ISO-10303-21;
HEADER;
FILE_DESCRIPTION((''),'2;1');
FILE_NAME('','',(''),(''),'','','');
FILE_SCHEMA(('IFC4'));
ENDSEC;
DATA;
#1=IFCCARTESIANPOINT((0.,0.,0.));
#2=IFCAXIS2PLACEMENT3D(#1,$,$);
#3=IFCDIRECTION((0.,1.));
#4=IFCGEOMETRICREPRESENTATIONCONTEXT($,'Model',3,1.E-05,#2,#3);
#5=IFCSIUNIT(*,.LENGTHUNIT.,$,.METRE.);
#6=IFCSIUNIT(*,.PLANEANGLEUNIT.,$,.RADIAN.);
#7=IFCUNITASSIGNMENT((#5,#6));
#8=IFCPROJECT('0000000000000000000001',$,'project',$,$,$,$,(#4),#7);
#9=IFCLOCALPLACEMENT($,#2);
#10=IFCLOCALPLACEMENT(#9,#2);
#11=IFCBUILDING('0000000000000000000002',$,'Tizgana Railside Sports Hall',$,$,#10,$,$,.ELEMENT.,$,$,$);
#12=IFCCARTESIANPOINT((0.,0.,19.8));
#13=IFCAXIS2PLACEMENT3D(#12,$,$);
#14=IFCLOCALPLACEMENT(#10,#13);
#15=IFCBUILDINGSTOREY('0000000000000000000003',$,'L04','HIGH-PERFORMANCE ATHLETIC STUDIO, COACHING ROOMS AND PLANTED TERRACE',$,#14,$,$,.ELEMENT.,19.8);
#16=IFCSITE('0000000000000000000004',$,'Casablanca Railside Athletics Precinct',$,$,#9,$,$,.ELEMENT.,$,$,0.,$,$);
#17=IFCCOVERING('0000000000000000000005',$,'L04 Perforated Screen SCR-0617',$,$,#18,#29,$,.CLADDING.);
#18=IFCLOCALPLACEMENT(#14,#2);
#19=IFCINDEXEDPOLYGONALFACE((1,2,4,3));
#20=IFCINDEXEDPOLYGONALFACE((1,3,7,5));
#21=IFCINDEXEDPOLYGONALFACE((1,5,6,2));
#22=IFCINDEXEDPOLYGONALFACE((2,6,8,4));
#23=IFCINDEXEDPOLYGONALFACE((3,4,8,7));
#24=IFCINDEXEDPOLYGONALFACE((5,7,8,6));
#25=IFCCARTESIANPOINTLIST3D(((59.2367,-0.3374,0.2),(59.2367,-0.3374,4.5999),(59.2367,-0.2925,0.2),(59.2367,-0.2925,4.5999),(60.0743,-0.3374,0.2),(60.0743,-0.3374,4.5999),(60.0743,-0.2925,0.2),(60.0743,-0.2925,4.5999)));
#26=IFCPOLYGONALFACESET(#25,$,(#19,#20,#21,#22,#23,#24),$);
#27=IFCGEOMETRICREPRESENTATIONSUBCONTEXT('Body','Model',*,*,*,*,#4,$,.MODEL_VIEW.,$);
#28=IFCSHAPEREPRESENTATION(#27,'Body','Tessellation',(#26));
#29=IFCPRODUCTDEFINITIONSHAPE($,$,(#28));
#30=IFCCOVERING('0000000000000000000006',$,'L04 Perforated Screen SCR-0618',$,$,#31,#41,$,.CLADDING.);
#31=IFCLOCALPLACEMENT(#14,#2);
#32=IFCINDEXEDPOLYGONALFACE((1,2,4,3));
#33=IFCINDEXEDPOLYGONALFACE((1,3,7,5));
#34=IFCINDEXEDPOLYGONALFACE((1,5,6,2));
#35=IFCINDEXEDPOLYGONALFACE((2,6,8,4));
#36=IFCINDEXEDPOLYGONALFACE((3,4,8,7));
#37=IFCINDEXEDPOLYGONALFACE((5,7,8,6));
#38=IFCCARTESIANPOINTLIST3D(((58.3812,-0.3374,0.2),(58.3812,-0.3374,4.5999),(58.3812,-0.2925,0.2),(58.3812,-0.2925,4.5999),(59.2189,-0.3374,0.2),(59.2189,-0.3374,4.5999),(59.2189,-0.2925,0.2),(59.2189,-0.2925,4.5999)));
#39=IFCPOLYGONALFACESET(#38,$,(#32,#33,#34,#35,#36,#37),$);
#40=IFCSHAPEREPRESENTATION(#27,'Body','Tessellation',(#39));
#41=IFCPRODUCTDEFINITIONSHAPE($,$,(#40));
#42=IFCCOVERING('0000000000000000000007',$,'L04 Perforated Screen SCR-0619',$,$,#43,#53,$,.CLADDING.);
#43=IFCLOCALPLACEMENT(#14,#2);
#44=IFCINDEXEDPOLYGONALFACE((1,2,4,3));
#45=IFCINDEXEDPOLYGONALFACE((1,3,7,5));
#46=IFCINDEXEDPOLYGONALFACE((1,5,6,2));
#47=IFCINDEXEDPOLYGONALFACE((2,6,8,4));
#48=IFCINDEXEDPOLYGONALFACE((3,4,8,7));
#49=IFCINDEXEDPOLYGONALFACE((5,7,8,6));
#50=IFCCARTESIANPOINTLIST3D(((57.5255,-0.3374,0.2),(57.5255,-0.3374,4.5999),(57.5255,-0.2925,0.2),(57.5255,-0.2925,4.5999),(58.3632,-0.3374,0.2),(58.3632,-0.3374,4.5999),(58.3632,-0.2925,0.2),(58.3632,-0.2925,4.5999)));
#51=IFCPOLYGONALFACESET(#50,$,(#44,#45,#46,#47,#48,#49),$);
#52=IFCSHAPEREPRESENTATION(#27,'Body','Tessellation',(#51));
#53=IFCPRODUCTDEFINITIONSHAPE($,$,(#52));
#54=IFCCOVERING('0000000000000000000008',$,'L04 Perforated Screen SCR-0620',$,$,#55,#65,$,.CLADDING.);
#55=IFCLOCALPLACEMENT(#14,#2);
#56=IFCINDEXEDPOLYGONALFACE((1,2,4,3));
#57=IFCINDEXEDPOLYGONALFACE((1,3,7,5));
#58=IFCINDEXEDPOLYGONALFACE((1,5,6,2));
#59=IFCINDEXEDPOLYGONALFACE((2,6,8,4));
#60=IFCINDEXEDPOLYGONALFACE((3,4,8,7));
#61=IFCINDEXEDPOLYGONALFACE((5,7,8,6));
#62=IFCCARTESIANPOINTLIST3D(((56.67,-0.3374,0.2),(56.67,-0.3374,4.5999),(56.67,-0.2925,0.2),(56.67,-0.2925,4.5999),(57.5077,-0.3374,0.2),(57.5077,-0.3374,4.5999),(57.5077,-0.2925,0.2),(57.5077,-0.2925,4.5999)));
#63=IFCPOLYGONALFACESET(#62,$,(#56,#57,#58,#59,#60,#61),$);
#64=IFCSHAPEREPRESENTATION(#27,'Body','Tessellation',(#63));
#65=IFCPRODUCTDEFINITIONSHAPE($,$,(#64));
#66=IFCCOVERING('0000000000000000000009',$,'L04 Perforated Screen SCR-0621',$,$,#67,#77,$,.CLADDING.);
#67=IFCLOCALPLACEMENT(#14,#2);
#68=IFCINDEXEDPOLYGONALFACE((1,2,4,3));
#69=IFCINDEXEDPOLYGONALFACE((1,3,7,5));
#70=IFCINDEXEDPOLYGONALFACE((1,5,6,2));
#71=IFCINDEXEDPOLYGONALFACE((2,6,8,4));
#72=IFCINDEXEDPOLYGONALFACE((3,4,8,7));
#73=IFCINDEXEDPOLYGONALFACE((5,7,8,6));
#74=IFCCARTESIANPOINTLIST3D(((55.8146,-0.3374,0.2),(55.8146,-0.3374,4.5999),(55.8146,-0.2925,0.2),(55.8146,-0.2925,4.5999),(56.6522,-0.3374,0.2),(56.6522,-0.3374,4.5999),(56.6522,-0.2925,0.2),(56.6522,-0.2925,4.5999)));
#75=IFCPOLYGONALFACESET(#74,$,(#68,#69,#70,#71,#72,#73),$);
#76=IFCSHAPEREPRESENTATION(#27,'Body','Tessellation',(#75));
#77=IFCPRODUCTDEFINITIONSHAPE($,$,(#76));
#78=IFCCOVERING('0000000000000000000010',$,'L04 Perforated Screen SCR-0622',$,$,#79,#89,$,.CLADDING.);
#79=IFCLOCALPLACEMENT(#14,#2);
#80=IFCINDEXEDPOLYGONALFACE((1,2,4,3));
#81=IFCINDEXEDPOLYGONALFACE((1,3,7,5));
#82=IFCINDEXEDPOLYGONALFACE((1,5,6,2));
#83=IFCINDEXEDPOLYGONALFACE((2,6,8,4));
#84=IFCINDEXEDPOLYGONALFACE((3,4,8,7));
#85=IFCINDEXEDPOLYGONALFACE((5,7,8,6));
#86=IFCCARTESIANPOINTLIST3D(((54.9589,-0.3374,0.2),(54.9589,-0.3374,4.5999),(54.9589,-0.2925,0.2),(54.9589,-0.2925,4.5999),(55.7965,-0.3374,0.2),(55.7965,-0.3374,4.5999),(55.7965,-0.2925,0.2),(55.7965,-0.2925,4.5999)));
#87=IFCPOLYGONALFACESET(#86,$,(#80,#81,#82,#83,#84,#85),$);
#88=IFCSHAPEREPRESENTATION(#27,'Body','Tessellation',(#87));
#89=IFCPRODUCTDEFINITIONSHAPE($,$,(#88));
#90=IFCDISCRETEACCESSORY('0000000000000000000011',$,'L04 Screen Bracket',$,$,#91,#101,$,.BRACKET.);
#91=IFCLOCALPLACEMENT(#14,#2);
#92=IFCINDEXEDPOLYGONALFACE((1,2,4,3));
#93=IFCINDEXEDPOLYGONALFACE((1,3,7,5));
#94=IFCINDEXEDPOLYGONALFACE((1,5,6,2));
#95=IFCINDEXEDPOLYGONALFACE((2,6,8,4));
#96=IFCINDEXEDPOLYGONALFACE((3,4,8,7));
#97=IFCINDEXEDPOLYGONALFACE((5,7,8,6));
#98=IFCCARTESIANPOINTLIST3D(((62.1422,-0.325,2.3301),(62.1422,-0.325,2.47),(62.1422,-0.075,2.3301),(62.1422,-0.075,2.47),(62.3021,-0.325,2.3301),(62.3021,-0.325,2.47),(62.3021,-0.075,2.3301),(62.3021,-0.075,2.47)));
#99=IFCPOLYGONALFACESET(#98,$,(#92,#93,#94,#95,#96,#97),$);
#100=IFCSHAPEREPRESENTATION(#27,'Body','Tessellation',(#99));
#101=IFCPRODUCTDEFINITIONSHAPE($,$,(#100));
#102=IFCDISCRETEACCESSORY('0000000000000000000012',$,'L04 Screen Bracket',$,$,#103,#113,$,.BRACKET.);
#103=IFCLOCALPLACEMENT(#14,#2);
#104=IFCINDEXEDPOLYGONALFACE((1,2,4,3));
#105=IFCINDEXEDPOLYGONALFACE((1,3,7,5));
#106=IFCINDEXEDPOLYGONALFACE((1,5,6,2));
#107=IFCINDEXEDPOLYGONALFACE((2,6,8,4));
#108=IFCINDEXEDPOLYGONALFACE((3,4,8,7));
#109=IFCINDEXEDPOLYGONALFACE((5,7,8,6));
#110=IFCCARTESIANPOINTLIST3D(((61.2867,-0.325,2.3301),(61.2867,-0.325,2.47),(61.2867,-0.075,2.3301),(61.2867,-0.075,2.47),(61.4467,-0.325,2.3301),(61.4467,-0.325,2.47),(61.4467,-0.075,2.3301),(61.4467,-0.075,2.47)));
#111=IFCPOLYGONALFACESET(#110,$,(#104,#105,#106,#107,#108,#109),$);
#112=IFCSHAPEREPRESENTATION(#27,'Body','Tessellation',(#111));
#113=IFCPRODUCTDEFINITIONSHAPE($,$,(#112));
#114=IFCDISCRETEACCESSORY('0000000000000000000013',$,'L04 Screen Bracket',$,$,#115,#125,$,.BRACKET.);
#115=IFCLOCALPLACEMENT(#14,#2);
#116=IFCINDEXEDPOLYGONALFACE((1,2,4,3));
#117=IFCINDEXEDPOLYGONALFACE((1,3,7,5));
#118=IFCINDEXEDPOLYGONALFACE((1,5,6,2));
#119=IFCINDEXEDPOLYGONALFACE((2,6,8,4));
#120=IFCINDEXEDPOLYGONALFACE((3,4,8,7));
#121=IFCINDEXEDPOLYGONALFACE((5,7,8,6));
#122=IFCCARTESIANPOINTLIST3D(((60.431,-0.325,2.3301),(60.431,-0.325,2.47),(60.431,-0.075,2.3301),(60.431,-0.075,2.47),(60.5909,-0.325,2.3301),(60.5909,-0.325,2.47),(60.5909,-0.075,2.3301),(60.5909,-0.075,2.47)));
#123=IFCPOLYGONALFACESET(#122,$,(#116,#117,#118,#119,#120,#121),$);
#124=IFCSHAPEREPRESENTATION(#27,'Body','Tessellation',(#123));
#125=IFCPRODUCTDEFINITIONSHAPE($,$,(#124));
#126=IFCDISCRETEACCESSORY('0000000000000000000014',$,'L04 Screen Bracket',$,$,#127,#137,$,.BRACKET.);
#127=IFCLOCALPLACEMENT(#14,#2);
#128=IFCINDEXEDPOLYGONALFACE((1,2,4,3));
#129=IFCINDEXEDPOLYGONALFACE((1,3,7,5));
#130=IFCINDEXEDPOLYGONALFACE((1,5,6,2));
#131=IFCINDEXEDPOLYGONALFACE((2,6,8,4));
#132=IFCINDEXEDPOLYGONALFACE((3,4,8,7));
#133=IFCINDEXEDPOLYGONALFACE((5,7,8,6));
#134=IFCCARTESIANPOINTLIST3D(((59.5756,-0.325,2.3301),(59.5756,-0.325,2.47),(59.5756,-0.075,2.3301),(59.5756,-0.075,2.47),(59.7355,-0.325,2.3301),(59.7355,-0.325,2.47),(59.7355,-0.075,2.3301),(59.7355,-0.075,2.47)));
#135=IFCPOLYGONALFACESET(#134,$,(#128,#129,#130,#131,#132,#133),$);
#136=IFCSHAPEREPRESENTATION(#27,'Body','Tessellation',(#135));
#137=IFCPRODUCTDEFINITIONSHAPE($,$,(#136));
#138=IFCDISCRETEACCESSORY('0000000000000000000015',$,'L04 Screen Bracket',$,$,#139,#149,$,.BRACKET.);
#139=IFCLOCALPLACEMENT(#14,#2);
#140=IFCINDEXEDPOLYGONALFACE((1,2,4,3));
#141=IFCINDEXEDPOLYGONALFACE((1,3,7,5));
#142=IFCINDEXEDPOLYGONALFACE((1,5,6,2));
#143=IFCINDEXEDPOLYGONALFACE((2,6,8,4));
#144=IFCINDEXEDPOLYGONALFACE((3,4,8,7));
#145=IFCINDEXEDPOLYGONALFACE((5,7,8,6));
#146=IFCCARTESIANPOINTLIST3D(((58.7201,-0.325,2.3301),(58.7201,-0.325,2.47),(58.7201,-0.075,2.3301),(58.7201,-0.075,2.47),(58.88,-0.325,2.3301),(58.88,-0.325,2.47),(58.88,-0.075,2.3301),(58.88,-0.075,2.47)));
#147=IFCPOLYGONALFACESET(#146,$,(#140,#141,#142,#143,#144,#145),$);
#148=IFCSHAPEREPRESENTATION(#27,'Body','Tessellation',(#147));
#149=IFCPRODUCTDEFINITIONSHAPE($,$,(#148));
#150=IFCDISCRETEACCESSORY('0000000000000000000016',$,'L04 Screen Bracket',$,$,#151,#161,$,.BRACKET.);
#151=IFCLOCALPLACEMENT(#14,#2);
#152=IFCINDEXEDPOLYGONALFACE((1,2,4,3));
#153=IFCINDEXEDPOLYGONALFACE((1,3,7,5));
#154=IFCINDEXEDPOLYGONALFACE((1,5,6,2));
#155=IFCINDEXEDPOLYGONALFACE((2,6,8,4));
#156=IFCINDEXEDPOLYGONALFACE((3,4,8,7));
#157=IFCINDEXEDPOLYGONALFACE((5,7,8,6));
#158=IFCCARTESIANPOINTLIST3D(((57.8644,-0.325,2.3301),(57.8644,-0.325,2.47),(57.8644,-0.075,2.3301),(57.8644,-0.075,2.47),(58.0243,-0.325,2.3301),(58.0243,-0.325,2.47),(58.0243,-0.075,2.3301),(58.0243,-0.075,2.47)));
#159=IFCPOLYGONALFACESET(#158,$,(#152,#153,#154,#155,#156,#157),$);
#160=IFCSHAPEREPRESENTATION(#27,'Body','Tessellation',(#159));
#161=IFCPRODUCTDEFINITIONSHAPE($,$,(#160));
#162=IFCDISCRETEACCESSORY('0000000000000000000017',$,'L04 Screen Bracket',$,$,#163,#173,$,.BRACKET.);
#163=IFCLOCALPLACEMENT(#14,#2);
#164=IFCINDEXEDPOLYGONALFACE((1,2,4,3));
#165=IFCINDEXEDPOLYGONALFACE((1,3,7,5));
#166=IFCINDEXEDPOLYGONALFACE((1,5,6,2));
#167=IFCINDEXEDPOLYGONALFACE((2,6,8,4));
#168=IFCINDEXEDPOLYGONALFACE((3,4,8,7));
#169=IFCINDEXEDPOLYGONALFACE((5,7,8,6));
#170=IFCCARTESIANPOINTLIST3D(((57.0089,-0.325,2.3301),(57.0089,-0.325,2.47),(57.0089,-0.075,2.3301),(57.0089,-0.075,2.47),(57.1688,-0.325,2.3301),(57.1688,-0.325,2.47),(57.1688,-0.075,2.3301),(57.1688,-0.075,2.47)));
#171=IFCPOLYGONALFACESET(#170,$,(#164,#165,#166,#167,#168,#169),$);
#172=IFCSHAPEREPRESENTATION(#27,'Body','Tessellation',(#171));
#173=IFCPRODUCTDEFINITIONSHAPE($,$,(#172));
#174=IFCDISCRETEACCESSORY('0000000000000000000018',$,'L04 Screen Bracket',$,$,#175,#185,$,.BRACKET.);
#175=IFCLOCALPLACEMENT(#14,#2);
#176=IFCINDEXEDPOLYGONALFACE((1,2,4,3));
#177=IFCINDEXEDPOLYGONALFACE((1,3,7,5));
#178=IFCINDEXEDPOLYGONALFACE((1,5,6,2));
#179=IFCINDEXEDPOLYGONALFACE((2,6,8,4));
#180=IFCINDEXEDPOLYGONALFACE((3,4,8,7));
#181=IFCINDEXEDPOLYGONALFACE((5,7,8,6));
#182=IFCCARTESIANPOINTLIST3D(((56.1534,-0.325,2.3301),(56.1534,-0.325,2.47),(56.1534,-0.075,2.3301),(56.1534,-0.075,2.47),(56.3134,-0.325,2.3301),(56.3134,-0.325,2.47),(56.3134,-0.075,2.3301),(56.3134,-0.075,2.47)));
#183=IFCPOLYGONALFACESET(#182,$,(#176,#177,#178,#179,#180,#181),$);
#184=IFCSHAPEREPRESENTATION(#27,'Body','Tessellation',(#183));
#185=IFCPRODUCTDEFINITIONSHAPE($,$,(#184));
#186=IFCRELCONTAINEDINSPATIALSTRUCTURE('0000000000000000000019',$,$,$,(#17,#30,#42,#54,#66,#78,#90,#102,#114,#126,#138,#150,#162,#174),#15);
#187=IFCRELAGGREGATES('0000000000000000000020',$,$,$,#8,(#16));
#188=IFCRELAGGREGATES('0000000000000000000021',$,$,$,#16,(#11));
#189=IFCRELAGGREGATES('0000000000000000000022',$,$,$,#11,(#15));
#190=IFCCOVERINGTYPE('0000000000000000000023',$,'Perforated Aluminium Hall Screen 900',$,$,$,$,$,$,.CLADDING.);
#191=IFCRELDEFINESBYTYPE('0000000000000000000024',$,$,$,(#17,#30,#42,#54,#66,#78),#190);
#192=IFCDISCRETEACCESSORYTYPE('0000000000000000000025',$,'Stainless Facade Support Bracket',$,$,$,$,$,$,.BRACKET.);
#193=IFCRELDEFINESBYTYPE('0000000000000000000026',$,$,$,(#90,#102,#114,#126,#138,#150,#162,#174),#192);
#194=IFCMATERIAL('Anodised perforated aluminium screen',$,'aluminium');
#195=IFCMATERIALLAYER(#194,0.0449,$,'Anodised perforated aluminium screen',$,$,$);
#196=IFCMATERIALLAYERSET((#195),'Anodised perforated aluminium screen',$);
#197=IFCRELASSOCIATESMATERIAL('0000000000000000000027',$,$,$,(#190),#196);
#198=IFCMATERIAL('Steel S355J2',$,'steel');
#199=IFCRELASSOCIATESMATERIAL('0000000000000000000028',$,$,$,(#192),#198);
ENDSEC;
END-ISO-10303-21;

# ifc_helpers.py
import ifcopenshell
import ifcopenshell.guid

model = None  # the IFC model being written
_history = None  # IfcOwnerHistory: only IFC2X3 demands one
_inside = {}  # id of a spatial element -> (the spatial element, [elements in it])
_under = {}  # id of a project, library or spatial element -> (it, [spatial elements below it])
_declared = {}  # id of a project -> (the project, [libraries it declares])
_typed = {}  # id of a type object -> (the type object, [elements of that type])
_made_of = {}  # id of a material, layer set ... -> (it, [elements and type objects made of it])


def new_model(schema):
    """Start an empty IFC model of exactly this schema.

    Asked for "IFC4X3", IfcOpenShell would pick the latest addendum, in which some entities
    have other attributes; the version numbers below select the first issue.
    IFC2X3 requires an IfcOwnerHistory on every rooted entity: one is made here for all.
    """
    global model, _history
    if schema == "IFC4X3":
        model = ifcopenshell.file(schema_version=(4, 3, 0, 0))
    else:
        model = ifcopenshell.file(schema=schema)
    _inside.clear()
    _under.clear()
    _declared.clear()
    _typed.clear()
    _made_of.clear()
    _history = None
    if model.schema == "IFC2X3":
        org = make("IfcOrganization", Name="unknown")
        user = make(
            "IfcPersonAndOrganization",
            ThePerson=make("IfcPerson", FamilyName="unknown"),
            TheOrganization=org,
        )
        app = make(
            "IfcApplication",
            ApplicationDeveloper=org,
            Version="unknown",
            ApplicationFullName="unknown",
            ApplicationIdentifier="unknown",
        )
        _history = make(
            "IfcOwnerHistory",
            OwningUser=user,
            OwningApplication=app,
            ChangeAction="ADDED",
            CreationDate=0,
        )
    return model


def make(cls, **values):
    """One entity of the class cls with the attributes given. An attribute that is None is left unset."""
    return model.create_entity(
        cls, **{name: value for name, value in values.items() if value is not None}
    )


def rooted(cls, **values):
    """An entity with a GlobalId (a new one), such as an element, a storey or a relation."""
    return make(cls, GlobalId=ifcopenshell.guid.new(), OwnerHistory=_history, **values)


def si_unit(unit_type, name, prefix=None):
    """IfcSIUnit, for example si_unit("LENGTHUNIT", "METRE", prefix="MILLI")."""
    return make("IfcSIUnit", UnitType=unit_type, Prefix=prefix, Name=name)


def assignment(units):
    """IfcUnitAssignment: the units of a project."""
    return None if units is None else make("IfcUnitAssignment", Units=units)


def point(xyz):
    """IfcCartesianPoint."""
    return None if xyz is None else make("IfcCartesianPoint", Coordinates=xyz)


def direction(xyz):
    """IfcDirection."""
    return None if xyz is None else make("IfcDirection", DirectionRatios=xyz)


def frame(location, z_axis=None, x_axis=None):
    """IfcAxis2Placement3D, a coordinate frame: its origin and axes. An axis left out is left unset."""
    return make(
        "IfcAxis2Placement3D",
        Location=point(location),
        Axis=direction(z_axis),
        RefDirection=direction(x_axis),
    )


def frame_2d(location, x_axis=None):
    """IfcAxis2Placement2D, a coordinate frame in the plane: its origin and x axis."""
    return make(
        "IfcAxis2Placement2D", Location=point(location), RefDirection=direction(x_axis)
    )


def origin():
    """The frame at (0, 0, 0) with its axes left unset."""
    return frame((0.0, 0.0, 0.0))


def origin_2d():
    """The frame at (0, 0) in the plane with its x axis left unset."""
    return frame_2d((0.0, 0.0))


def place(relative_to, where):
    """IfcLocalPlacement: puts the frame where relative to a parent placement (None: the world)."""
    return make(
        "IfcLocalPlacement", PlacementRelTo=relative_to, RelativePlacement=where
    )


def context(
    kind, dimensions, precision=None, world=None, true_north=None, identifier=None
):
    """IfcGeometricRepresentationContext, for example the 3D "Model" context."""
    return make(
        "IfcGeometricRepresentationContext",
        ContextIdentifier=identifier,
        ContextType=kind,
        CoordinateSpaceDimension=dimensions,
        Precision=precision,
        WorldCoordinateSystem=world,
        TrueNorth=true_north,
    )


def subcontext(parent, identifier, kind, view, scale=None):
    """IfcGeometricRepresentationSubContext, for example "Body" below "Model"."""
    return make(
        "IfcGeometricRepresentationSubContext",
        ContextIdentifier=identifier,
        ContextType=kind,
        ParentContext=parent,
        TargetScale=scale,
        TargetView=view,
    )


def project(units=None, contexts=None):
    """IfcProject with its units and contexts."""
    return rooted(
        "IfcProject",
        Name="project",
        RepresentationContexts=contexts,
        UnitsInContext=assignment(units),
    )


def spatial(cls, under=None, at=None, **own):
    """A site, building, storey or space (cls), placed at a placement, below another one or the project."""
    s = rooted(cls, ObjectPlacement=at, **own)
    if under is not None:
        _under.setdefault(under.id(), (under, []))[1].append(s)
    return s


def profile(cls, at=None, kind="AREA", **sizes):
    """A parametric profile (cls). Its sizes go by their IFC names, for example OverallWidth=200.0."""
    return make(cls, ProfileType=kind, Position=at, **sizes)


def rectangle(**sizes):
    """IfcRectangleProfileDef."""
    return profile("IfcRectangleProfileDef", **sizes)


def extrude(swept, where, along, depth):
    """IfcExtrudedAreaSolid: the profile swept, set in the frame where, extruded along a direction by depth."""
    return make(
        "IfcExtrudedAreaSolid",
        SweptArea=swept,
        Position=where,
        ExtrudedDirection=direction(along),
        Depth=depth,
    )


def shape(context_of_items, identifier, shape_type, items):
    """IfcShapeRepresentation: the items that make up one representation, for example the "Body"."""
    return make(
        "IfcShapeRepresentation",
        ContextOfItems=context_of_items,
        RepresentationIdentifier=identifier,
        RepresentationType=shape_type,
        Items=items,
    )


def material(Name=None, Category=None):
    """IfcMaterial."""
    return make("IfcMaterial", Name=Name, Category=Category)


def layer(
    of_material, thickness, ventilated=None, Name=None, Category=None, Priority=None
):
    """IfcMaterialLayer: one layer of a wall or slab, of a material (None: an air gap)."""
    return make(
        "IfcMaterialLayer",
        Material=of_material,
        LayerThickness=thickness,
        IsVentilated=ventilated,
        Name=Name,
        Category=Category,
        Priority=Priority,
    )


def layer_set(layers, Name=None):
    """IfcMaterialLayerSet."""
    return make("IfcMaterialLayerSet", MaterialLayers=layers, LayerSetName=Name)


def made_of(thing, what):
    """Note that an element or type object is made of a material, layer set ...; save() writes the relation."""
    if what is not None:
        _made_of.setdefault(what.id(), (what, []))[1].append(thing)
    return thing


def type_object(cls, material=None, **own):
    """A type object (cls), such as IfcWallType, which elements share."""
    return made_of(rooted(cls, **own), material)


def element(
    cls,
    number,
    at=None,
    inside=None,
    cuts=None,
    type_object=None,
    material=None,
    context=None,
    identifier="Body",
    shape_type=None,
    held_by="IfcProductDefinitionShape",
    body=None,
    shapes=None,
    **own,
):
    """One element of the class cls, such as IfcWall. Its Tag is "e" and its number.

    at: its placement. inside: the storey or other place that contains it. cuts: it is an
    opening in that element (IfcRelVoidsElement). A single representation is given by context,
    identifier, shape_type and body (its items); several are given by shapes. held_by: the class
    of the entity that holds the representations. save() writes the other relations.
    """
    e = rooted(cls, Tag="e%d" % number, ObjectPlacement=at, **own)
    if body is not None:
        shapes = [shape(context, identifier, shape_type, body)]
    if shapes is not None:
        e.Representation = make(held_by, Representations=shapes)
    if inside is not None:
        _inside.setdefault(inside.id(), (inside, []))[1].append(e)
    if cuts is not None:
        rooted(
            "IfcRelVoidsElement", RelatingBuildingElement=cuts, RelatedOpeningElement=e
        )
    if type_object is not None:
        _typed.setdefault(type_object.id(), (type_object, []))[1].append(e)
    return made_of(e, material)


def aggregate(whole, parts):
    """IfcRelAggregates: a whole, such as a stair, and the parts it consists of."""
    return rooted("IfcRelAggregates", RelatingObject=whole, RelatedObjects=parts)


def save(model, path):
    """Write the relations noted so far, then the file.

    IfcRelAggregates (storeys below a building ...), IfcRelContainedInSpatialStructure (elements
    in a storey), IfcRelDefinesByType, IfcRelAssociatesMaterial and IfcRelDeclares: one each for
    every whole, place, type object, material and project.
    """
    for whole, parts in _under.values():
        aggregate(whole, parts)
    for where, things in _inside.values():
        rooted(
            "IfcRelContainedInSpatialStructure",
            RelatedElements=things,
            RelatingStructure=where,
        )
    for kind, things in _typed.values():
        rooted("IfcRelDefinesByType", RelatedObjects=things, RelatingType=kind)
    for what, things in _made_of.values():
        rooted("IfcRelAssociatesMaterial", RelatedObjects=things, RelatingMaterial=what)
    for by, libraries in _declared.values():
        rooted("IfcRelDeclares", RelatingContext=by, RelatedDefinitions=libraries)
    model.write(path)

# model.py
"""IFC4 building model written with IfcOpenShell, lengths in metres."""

from ifc_helpers import new_model, si_unit, direction, frame, origin, origin_2d, place, context, subcontext, project, spatial, rectangle, extrude, material, layer, layer_set, type_object, element, save


model = new_model("IFC4")

# Units and contexts
model_context = context("Model", 3, precision=1e-05, world=origin(), true_north=direction((0.0, 1.0)))
body_context = subcontext(model_context, "Body", "Model", "MODEL_VIEW")
ifc_project = project(units=[si_unit("LENGTHUNIT", "METRE"), si_unit("PLANEANGLEUNIT", "RADIAN")], contexts=[model_context])

# Site, building, storey
site_placement = place(None, origin())
site = spatial("IfcSite", under=ifc_project, at=site_placement, Name="Casablanca Railside Athletics Precinct", CompositionType="ELEMENT", RefElevation=0.0)
building_placement = place(site_placement, origin())
building = spatial("IfcBuilding", under=site, at=building_placement, Name="Tizgana Railside Sports Hall", CompositionType="ELEMENT")
storey_placement = place(building_placement, frame((0.0, 0.0, 19.8)))
storey = spatial("IfcBuildingStorey", under=building, at=storey_placement, Name="L04", Description="HIGH-PERFORMANCE ATHLETIC STUDIO, COACHING ROOMS AND PLANTED TERRACE", CompositionType="ELEMENT", Elevation=19.8)

# Coverings
ifc_material_1 = material(Name="Anodised perforated aluminium screen", Category="aluminium")
ifc_layer_1 = layer(ifc_material_1, 0.0449, Name="Anodised perforated aluminium screen")
ifc_layer_set_1 = layer_set([ifc_layer_1], Name="Anodised perforated aluminium screen")
covering_type = type_object("IfcCoveringType", Name="Perforated Aluminium Hall Screen 900", PredefinedType="CLADDING", material=ifc_layer_set_1)
for number, where, z_axis, x_axis, name in (
    (1, (59.6555, -0.3149, 0.2), (0.0, 0.0, 1.0), (-1.0, 0.0, 0.0), "L04 Perforated Screen SCR-0617"),
    (2, (58.8, -0.3149, 0.2), (0.0, 0.0, 1.0), (-1.0, 0.0, 0.0), "L04 Perforated Screen SCR-0618"),
    (3, (57.9443, -0.3149, 0.2), (0.0, 0.0, 1.0), (-1.0, 0.0, 0.0), "L04 Perforated Screen SCR-0619"),
    (4, (57.0889, -0.3149, 0.2), (0.0, 0.0, 1.0), (-1.0, 0.0, 0.0), "L04 Perforated Screen SCR-0620"),
    (5, (56.2334, -0.3149, 0.2), (0.0, 0.0, 1.0), (-1.0, 0.0, 0.0), "L04 Perforated Screen SCR-0621"),
    (6, (55.3777, -0.3149, 0.2), (0.0, 0.0, 1.0), (-1.0, 0.0, 0.0), "L04 Perforated Screen SCR-0622"),
):
    element("IfcCovering", number, at=place(storey_placement, frame(where, z_axis=z_axis, x_axis=x_axis)), inside=storey, type_object=covering_type, Name=name, PredefinedType="CLADDING", context=body_context, shape_type="SweptSolid", body=[
        extrude(rectangle(XDim=0.8376, YDim=0.0449, at=origin_2d()), origin(), (0.0, 0.0, 1.0), 4.3999),
    ])

# Discrete accessories
ifc_material_2 = material(Name="Steel S355J2", Category="steel")
discrete_accessory_type = type_object("IfcDiscreteAccessoryType", Name="Stainless Facade Support Bracket", PredefinedType="BRACKET", material=ifc_material_2)
for number, where, z_axis, x_axis, name in (
    (7, (62.2222, -0.2, 2.3301), (0.0, 0.0, 1.0), (-1.0, 0.0, 0.0), "L04 Screen Bracket"),
    (8, (61.3667, -0.2, 2.3301), (0.0, 0.0, 1.0), (-1.0, 0.0, 0.0), "L04 Screen Bracket"),
    (9, (60.511, -0.2, 2.3301), (0.0, 0.0, 1.0), (-1.0, 0.0, 0.0), "L04 Screen Bracket"),
    (10, (59.6555, -0.2, 2.3301), (0.0, 0.0, 1.0), (-1.0, 0.0, 0.0), "L04 Screen Bracket"),
    (11, (58.8, -0.2, 2.3301), (0.0, 0.0, 1.0), (-1.0, 0.0, 0.0), "L04 Screen Bracket"),
    (12, (57.9443, -0.2, 2.3301), (0.0, 0.0, 1.0), (-1.0, 0.0, 0.0), "L04 Screen Bracket"),
    (13, (57.0889, -0.2, 2.3301), (0.0, 0.0, 1.0), (-1.0, 0.0, 0.0), "L04 Screen Bracket"),
    (14, (56.2334, -0.2, 2.3301), (0.0, 0.0, 1.0), (-1.0, 0.0, 0.0), "L04 Screen Bracket"),
):
    element("IfcDiscreteAccessory", number, at=place(storey_placement, frame(where, z_axis=z_axis, x_axis=x_axis)), inside=storey, type_object=discrete_accessory_type, Name=name, PredefinedType="BRACKET", context=body_context, shape_type="SweptSolid", body=[
        extrude(rectangle(XDim=0.1599, YDim=0.25, at=origin_2d()), origin(), (0.0, 0.0, 1.0), 0.1399),
    ])

save(model, "model.ifc")
